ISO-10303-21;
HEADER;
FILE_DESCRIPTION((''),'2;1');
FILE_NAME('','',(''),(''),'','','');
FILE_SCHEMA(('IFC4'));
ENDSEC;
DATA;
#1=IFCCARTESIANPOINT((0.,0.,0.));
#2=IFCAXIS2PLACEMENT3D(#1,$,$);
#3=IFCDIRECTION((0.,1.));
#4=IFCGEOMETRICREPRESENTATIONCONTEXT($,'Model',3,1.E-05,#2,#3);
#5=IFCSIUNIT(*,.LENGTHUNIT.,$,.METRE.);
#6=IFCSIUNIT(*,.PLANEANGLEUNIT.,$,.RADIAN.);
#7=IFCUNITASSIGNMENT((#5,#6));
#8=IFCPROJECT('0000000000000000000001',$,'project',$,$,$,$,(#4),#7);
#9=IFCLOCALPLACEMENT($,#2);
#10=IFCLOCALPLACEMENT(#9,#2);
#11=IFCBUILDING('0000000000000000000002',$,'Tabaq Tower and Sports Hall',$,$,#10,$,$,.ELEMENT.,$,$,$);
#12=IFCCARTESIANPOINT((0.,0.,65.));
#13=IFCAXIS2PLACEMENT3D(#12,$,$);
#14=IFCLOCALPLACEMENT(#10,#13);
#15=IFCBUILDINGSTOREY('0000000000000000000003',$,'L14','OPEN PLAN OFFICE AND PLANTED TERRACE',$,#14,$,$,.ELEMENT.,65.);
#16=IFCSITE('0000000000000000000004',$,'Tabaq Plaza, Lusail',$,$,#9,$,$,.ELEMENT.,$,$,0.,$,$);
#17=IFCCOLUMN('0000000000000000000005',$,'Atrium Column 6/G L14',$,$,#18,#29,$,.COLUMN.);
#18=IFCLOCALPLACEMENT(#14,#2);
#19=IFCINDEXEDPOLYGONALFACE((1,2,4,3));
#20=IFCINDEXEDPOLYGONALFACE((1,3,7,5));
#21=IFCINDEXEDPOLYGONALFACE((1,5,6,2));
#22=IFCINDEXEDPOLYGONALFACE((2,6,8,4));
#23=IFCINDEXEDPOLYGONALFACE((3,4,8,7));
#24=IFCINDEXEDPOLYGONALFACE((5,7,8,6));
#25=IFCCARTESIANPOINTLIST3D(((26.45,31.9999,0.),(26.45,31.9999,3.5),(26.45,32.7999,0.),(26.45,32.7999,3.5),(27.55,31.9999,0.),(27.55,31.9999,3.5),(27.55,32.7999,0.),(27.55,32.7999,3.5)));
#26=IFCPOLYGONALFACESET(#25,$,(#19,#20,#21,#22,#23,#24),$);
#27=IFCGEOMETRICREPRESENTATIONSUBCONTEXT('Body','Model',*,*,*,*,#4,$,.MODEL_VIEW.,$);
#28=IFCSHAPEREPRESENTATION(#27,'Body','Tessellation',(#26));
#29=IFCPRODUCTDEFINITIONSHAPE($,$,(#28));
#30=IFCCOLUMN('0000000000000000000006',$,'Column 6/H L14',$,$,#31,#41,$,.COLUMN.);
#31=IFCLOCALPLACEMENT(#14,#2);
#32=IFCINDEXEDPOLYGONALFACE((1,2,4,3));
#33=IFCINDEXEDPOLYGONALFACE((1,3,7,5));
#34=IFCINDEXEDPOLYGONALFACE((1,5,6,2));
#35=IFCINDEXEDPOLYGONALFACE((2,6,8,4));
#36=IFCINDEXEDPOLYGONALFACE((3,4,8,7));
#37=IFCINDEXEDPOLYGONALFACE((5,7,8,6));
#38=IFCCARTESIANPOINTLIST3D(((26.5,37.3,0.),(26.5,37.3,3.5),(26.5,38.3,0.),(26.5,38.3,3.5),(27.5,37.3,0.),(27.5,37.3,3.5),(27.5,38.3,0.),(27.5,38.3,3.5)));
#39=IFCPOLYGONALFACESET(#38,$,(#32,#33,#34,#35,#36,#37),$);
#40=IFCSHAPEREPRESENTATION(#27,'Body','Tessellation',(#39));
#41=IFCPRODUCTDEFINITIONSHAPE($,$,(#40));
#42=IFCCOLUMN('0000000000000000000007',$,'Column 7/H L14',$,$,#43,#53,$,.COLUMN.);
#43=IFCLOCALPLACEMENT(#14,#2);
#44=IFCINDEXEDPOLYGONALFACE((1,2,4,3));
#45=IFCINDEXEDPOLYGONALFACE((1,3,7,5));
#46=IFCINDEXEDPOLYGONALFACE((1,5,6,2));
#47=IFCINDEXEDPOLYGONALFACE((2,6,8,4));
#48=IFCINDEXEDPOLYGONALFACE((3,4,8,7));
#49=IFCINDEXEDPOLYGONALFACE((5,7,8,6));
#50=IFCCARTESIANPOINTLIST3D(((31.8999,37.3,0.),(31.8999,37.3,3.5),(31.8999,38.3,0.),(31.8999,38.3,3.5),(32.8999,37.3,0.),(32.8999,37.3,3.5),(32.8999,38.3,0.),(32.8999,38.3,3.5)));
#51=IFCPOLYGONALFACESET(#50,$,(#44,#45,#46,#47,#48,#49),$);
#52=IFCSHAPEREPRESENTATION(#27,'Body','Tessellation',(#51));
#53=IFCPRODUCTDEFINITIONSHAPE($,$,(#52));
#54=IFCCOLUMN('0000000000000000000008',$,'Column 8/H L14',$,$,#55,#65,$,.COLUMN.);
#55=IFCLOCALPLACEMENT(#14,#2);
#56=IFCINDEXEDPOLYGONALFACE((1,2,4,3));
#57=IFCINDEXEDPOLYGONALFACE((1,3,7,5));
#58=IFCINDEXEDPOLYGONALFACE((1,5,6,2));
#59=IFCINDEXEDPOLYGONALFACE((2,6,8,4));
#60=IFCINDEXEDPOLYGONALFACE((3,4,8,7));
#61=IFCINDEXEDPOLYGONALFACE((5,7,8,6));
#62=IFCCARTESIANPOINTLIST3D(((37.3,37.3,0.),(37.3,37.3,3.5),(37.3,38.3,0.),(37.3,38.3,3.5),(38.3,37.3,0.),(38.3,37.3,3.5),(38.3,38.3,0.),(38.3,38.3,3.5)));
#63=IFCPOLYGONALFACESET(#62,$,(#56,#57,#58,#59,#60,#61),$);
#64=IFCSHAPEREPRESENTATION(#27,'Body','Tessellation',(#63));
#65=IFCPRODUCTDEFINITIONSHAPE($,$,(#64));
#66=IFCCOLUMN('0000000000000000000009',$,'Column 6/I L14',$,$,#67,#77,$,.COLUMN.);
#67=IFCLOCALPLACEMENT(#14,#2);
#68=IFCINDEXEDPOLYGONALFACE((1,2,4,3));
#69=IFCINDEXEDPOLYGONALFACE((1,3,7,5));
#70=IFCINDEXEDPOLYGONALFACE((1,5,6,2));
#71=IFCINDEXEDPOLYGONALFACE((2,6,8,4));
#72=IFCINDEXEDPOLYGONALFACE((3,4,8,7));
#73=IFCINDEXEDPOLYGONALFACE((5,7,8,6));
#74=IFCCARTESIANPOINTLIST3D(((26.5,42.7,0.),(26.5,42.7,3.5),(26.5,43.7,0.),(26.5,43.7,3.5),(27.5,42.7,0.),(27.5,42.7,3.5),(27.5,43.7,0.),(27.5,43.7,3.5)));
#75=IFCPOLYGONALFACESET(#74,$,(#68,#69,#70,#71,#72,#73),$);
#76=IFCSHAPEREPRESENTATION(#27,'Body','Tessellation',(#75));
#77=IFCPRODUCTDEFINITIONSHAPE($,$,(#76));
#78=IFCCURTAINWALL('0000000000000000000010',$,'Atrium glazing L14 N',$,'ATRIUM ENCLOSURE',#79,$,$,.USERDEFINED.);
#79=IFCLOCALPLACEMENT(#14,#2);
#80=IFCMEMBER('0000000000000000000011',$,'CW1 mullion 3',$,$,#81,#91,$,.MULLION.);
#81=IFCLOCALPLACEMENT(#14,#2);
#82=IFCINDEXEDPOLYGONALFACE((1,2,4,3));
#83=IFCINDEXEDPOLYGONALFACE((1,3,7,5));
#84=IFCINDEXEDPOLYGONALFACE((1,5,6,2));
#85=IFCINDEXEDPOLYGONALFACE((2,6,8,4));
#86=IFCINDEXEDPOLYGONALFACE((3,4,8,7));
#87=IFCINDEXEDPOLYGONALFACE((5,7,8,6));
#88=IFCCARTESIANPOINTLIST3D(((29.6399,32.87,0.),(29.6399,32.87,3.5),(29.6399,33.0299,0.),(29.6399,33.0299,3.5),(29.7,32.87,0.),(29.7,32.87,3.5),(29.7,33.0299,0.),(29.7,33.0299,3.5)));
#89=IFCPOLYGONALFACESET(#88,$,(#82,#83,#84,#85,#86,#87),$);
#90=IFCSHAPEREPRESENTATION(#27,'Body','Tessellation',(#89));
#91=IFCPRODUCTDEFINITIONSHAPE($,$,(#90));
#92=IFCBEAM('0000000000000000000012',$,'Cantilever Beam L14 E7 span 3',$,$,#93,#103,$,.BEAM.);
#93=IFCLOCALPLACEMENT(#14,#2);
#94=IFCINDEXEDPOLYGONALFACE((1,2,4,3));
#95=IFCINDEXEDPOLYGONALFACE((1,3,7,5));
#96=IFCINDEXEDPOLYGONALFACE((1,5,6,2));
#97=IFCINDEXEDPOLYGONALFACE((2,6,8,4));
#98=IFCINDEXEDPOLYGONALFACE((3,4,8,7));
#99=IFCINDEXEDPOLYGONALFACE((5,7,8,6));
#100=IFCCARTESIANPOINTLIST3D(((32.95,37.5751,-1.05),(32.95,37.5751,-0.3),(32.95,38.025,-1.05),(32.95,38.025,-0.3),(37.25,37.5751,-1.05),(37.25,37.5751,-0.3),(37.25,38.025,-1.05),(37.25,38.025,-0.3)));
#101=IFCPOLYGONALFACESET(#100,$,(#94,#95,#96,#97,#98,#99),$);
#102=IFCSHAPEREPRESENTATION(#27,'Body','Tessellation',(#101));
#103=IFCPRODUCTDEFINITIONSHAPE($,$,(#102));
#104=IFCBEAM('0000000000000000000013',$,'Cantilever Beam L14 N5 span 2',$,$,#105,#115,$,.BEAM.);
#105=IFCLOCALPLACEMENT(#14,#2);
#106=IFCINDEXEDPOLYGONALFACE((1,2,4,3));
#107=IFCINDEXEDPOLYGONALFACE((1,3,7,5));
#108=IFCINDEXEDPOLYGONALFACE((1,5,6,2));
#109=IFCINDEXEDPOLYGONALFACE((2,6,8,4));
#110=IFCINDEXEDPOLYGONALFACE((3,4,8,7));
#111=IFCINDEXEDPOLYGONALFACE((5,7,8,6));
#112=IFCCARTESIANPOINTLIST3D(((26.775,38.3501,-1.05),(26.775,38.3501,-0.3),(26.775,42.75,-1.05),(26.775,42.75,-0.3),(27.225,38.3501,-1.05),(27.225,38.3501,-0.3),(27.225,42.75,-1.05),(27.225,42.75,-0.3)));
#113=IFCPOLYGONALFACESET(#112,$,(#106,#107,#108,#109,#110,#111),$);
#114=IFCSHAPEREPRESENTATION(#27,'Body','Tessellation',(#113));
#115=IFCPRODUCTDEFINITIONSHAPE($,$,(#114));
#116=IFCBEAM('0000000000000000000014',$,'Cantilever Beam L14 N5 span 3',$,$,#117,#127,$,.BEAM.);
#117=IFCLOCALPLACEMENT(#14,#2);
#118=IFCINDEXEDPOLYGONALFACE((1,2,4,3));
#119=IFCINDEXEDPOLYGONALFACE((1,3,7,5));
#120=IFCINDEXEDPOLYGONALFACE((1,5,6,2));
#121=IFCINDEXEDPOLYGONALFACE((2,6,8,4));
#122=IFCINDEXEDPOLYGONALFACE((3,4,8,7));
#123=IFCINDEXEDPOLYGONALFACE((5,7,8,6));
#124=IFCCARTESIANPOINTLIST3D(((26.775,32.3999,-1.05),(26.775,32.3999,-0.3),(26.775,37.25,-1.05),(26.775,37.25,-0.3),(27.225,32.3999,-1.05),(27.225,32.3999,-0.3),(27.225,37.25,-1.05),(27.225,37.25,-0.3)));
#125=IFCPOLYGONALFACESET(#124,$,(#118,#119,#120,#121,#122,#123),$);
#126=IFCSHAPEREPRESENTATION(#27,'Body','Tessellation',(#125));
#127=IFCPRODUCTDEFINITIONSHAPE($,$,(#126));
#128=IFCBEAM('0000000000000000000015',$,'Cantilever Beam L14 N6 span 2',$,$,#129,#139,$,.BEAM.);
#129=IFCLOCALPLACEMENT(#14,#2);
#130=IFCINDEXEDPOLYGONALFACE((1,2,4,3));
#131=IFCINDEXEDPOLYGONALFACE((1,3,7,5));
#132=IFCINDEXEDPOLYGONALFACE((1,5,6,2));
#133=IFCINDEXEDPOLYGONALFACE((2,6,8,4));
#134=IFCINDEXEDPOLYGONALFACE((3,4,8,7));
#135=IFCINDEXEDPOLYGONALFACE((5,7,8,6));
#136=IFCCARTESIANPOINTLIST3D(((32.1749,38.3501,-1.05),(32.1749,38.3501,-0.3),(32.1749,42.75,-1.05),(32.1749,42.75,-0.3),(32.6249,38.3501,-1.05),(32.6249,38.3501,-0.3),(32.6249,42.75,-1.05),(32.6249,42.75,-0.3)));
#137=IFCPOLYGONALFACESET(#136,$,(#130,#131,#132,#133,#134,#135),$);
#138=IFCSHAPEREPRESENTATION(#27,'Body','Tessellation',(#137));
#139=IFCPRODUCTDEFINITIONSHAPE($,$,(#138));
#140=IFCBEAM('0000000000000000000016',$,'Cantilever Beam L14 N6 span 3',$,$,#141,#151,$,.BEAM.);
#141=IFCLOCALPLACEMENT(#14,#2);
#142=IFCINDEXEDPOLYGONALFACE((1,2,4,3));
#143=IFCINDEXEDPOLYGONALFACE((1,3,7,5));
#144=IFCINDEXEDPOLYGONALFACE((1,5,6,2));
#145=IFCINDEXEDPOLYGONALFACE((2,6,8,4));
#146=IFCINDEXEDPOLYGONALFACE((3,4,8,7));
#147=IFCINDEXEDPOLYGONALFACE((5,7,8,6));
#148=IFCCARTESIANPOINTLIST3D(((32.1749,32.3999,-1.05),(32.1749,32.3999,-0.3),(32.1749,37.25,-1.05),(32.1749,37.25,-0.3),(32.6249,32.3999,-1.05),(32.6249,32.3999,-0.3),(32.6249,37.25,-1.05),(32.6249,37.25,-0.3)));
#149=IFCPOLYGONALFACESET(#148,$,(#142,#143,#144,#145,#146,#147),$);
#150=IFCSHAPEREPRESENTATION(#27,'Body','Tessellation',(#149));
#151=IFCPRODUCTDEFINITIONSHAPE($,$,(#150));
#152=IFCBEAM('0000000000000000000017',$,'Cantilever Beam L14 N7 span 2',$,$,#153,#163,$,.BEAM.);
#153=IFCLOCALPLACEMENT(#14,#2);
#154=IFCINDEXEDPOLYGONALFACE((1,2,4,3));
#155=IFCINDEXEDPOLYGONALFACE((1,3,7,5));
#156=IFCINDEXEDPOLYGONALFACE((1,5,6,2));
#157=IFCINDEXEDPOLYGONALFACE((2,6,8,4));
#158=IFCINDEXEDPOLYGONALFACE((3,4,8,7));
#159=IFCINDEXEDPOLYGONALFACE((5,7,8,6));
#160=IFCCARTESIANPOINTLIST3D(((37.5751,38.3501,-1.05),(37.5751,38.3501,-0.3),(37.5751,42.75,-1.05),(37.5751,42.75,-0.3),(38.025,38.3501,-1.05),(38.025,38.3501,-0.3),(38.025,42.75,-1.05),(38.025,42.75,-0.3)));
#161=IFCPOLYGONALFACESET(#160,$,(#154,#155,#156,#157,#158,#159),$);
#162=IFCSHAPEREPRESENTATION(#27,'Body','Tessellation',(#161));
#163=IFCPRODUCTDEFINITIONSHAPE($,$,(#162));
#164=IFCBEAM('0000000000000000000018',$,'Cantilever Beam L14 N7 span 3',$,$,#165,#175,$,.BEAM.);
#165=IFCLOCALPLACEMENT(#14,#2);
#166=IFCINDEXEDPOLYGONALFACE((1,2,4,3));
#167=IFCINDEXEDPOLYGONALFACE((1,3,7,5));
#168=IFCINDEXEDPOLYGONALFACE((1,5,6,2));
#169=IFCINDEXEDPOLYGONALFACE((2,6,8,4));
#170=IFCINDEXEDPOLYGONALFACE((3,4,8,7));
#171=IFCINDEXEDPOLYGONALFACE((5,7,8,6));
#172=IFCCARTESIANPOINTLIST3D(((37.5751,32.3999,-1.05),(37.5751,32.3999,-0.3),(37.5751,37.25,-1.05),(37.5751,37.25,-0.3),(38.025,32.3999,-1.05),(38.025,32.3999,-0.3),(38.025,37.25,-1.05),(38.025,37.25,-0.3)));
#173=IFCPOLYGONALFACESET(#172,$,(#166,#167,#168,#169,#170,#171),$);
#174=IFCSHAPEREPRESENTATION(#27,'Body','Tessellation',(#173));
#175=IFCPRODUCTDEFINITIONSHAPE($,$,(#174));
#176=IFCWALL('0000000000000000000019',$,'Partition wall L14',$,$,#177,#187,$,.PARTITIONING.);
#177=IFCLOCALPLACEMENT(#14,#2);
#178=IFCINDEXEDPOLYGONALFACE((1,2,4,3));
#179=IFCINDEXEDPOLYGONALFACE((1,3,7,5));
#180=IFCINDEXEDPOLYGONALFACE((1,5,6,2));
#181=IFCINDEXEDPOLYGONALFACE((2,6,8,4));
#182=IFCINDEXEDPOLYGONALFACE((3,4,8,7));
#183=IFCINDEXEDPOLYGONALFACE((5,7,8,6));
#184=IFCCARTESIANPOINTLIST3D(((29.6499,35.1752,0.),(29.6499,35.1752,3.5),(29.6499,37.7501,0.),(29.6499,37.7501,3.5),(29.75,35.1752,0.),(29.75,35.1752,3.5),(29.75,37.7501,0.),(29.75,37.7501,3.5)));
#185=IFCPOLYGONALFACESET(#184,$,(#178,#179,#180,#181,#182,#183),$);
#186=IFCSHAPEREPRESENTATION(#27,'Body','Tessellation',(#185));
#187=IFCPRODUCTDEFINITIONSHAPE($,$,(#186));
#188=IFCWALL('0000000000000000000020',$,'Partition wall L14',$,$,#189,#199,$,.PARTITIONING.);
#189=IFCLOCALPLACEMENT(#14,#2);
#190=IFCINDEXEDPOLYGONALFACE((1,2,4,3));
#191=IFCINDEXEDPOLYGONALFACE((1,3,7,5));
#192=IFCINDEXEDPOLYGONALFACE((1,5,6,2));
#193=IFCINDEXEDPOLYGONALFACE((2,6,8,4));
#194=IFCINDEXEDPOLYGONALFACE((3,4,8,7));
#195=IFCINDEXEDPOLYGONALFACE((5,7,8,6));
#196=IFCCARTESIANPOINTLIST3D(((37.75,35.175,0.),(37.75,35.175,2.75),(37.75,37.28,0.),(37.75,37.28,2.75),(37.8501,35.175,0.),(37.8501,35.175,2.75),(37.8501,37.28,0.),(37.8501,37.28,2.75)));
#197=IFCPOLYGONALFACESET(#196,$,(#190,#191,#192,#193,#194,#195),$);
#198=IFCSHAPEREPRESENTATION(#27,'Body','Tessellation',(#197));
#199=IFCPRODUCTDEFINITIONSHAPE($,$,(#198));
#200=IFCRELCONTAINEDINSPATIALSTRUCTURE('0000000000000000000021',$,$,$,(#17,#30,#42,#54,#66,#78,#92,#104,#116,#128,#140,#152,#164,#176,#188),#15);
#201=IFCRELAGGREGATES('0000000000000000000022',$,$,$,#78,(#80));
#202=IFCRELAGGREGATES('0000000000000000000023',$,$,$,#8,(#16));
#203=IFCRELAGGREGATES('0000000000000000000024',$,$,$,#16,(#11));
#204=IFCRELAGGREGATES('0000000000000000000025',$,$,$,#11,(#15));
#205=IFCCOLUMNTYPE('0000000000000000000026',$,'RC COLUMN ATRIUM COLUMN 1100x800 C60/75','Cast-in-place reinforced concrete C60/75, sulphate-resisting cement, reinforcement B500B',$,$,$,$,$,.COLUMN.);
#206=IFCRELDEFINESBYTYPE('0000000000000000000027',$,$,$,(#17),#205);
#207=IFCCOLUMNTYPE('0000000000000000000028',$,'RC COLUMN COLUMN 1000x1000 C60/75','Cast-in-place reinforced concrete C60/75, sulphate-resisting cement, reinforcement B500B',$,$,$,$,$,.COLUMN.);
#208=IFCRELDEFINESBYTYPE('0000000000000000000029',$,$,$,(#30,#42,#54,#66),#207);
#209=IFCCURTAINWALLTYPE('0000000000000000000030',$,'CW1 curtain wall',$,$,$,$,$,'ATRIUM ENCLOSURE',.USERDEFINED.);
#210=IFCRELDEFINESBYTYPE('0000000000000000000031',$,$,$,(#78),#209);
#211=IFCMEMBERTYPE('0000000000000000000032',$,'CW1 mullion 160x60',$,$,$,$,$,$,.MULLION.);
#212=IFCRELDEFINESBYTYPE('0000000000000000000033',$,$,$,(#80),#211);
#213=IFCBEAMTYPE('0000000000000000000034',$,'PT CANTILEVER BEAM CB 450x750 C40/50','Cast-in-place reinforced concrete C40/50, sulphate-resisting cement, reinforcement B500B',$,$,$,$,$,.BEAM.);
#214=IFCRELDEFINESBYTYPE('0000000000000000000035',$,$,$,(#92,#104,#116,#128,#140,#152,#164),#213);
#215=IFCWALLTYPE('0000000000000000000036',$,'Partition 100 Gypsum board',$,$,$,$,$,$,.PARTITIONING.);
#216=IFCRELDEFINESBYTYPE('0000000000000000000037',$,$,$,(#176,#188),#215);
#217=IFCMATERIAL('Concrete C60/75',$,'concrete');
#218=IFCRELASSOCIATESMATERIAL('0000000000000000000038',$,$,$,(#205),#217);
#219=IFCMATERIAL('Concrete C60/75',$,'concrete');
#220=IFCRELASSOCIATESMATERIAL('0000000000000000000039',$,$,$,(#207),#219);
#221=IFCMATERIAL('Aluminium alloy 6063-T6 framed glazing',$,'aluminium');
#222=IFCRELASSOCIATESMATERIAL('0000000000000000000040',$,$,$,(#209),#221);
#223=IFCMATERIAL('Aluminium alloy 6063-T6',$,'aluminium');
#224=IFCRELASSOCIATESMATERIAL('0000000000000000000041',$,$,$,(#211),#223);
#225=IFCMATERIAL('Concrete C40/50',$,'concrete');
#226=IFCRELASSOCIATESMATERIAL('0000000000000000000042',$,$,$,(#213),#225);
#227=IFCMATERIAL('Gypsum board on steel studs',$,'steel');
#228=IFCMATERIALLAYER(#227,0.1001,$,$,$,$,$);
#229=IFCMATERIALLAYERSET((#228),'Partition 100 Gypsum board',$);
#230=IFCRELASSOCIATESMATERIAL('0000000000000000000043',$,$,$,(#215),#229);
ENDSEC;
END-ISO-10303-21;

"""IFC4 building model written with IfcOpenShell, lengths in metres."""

from ifc_helpers import new_model, si_unit, direction, frame, frame_2d, origin, origin_2d, place, context, subcontext, project, spatial, rectangle, extrude, material, layer, layer_set, material_profile, profile_set, type_object, element, aggregate, save


model = new_model("IFC4")

# Units and contexts
model_context = context("Model", 3, precision=1e-05, world=origin(), true_north=direction((0.0, 1.0)))
body_context = subcontext(model_context, "Body", "Model", "MODEL_VIEW")
ifc_project = project(units=[si_unit("LENGTHUNIT", "METRE"), si_unit("PLANEANGLEUNIT", "RADIAN")], contexts=[model_context])

# Site, building, storey
site_placement = place(None, origin())
site = spatial("IfcSite", under=ifc_project, at=site_placement, Name="Tabaq Plaza, Lusail", CompositionType="ELEMENT", RefElevation=0.0)
building_placement = place(site_placement, origin())
building = spatial("IfcBuilding", under=site, at=building_placement, Name="Tabaq Tower and Sports Hall", CompositionType="ELEMENT")
storey_placement = place(building_placement, frame((0.0, 0.0, 65.0)))
storey = spatial("IfcBuildingStorey", under=building, at=storey_placement, Name="L14", Description="OPEN PLAN OFFICE AND PLANTED TERRACE", CompositionType="ELEMENT", Elevation=65.0)

# Columns
ifc_material_1 = material(Name="Concrete C60/75", Category="concrete")
ifc_material_profile_1 = material_profile(ifc_material_1, rectangle(XDim=1.1001, YDim=0.8, at=origin_2d()), Name="ATRIUM COLUMN 1100x800")
ifc_profile_set_1 = profile_set([ifc_material_profile_1], Name="Concrete C60/75")
column_type_1 = type_object("IfcColumnType", Name="RC COLUMN ATRIUM COLUMN 1100x800 C60/75", Description="Cast-in-place reinforced concrete C60/75, sulphate-resisting cement, reinforcement B500B", PredefinedType="COLUMN", material=ifc_profile_set_1)
column_placement = place(storey_placement, frame((27.0, 32.3999, 0.0), z_axis=(0.0, 0.0, 1.0), x_axis=(1.0, 0.0, 0.0)))
element("IfcColumn", 1, at=column_placement, inside=storey, type_object=column_type_1, Name="Atrium Column 6/G L14", PredefinedType="COLUMN", context=body_context, shape_type="SweptSolid", body=[
    extrude(rectangle(XDim=1.1001, YDim=0.8, at=origin_2d()), origin(), (0.0, 0.0, 1.0), 3.5),
])
ifc_material_2 = material(Name="Concrete C60/75", Category="concrete")
ifc_material_profile_2 = material_profile(ifc_material_2, rectangle(XDim=1.0, YDim=1.0, at=origin_2d()), Name="COLUMN 1000x1000")
ifc_profile_set_2 = profile_set([ifc_material_profile_2], Name="Concrete C60/75")
column_type_2 = type_object("IfcColumnType", Name="RC COLUMN COLUMN 1000x1000 C60/75", Description="Cast-in-place reinforced concrete C60/75, sulphate-resisting cement, reinforcement B500B", PredefinedType="COLUMN", material=ifc_profile_set_2)
for number, where, z_axis, x_axis, name in (
    (2, (27.0, 37.8, 0.0), (0.0, 0.0, 1.0), (1.0, 0.0, 0.0), "Column 6/H L14"),
    (3, (32.3999, 37.8, 0.0), (0.0, 0.0, 1.0), (1.0, 0.0, 0.0), "Column 7/H L14"),
    (4, (37.8, 37.8, 0.0), (0.0, 0.0, 1.0), (1.0, 0.0, 0.0), "Column 8/H L14"),
    (5, (27.0, 43.2, 0.0), (0.0, 0.0, 1.0), (1.0, 0.0, 0.0), "Column 6/I L14"),
):
    element("IfcColumn", number, at=place(storey_placement, frame(where, z_axis=z_axis, x_axis=x_axis)), inside=storey, type_object=column_type_2, Name=name, PredefinedType="COLUMN", context=body_context, shape_type="SweptSolid", body=[
        extrude(rectangle(XDim=1.0, YDim=1.0, at=origin_2d()), origin(), (0.0, 0.0, 1.0), 3.5),
    ])

# Curtain wall, member
ifc_material_3 = material(Name="Aluminium alloy 6063-T6 framed glazing", Category="aluminium")
curtain_wall_type = type_object("IfcCurtainWallType", Name="CW1 curtain wall", ElementType="ATRIUM ENCLOSURE", PredefinedType="USERDEFINED", material=ifc_material_3)
curtain_wall_placement = place(storey_placement, origin())
curtain_wall = element("IfcCurtainWall", 6, at=curtain_wall_placement, inside=storey, type_object=curtain_wall_type, Name="Atrium glazing L14 N", ObjectType="ATRIUM ENCLOSURE", PredefinedType="USERDEFINED")
ifc_material_4 = material(Name="Aluminium alloy 6063-T6", Category="aluminium")
ifc_material_profile_3 = material_profile(ifc_material_4, rectangle(XDim=0.1599, YDim=0.0601, at=origin_2d()), Name="MULLION 160x60")
ifc_profile_set_3 = profile_set([ifc_material_profile_3], Name="Aluminium alloy 6063-T6")
member_type = type_object("IfcMemberType", Name="CW1 mullion 160x60", PredefinedType="MULLION", material=ifc_profile_set_3)
member_placement = place(storey_placement, frame((29.6699, 32.95, 0.0), z_axis=(0.0, 0.0, 1.0), x_axis=(0.0, 1.0, 0.0)))
member = element("IfcMember", 7, at=member_placement, type_object=member_type, Name="CW1 mullion 3", PredefinedType="MULLION", context=body_context, shape_type="SweptSolid", body=[
    extrude(rectangle(XDim=0.1599, YDim=0.0601, at=origin_2d()), origin(), (0.0, 0.0, 1.0), 3.5),
])
aggregate(curtain_wall, [member])

# Beams
ifc_material_5 = material(Name="Concrete C40/50", Category="concrete")
ifc_material_profile_4 = material_profile(ifc_material_5, rectangle(XDim=0.45, YDim=0.75, at=origin_2d()), Name="CB 450x750")
ifc_profile_set_4 = profile_set([ifc_material_profile_4], Name="Concrete C40/50")
beam_type = type_object("IfcBeamType", Name="PT CANTILEVER BEAM CB 450x750 C40/50", Description="Cast-in-place reinforced concrete C40/50, sulphate-resisting cement, reinforcement B500B", PredefinedType="BEAM", material=ifc_profile_set_4)
beam_1_placement = place(storey_placement, frame((37.25, 37.8, -0.675), z_axis=(-1.0, 0.0, 0.0), x_axis=(0.0, -1.0, 0.0)))
element("IfcBeam", 8, at=beam_1_placement, inside=storey, type_object=beam_type, Name="Cantilever Beam L14 E7 span 3", PredefinedType="BEAM", context=body_context, shape_type="SweptSolid", body=[
    extrude(rectangle(XDim=0.45, YDim=0.75, at=origin_2d()), origin(), (0.0, 0.0, 1.0), 4.3),
])
beam_2_placement = place(storey_placement, frame((27.0, 42.75, -0.675), z_axis=(0.0, -1.0, 0.0), x_axis=(1.0, 0.0, 0.0)))
element("IfcBeam", 9, at=beam_2_placement, inside=storey, type_object=beam_type, Name="Cantilever Beam L14 N5 span 2", PredefinedType="BEAM", context=body_context, shape_type="SweptSolid", body=[
    extrude(rectangle(XDim=0.45, YDim=0.75, at=origin_2d()), origin(), (0.0, 0.0, 1.0), 4.3999),
])
beam_3_placement = place(storey_placement, frame((27.0, 37.25, -0.675), z_axis=(0.0, -1.0, 0.0), x_axis=(1.0, 0.0, 0.0)))
element("IfcBeam", 10, at=beam_3_placement, inside=storey, type_object=beam_type, Name="Cantilever Beam L14 N5 span 3", PredefinedType="BEAM", context=body_context, shape_type="SweptSolid", body=[
    extrude(rectangle(XDim=0.45, YDim=0.75, at=origin_2d()), origin(), (0.0, 0.0, 1.0), 4.8501),
])
beam_4_placement = place(storey_placement, frame((32.3999, 42.75, -0.675), z_axis=(0.0, -1.0, 0.0), x_axis=(1.0, 0.0, 0.0)))
element("IfcBeam", 11, at=beam_4_placement, inside=storey, type_object=beam_type, Name="Cantilever Beam L14 N6 span 2", PredefinedType="BEAM", context=body_context, shape_type="SweptSolid", body=[
    extrude(rectangle(XDim=0.45, YDim=0.75, at=origin_2d()), origin(), (0.0, 0.0, 1.0), 4.3999),
])
beam_5_placement = place(storey_placement, frame((32.3999, 37.25, -0.675), z_axis=(0.0, -1.0, 0.0), x_axis=(1.0, 0.0, 0.0)))
element("IfcBeam", 12, at=beam_5_placement, inside=storey, type_object=beam_type, Name="Cantilever Beam L14 N6 span 3", PredefinedType="BEAM", context=body_context, shape_type="SweptSolid", body=[
    extrude(rectangle(XDim=0.45, YDim=0.75, at=origin_2d()), origin(), (0.0, 0.0, 1.0), 4.8501),
])
beam_6_placement = place(storey_placement, frame((37.8, 42.75, -0.675), z_axis=(0.0, -1.0, 0.0), x_axis=(1.0, 0.0, 0.0)))
element("IfcBeam", 13, at=beam_6_placement, inside=storey, type_object=beam_type, Name="Cantilever Beam L14 N7 span 2", PredefinedType="BEAM", context=body_context, shape_type="SweptSolid", body=[
    extrude(rectangle(XDim=0.45, YDim=0.75, at=origin_2d()), origin(), (0.0, 0.0, 1.0), 4.3999),
])
beam_7_placement = place(storey_placement, frame((37.8, 37.25, -0.675), z_axis=(0.0, -1.0, 0.0), x_axis=(1.0, 0.0, 0.0)))
element("IfcBeam", 14, at=beam_7_placement, inside=storey, type_object=beam_type, Name="Cantilever Beam L14 N7 span 3", PredefinedType="BEAM", context=body_context, shape_type="SweptSolid", body=[
    extrude(rectangle(XDim=0.45, YDim=0.75, at=origin_2d()), origin(), (0.0, 0.0, 1.0), 4.8501),
])

# Walls
ifc_material_6 = material(Name="Gypsum board on steel studs", Category="steel")
ifc_layer_1 = layer(ifc_material_6, 0.1001)
ifc_layer_set_1 = layer_set([ifc_layer_1], Name="Partition 100 Gypsum board")
wall_type_1 = type_object("IfcWallType", Name="Partition 100 Gypsum board", PredefinedType="PARTITIONING", material=ifc_layer_set_1)
wall_1_placement = place(storey_placement, frame((29.7, 35.175, 0.0), z_axis=(0.0, 0.0, 1.0), x_axis=(0.0, 1.0, 0.0)))
element("IfcWall", 15, at=wall_1_placement, inside=storey, type_object=wall_type_1, Name="Partition wall L14", PredefinedType="PARTITIONING", context=body_context, shape_type="SweptSolid", body=[
    extrude(rectangle(XDim=2.575, YDim=0.1001, at=frame_2d((1.2876, 0.0))), origin(), (0.0, 0.0, 1.0), 3.5),
])
wall_2_placement = place(storey_placement, frame((37.8, 35.175, 0.0), z_axis=(0.0, 0.0, 1.0), x_axis=(0.0, 1.0, 0.0)))
element("IfcWall", 16, at=wall_2_placement, inside=storey, type_object=wall_type_1, Name="Partition wall L14", PredefinedType="PARTITIONING", context=body_context, shape_type="SweptSolid", body=[
    extrude(rectangle(XDim=2.105, YDim=0.1001, at=frame_2d((1.0525, 0.0))), origin(), (0.0, 0.0, 1.0), 2.75),
])

save(model, "model.ifc")
